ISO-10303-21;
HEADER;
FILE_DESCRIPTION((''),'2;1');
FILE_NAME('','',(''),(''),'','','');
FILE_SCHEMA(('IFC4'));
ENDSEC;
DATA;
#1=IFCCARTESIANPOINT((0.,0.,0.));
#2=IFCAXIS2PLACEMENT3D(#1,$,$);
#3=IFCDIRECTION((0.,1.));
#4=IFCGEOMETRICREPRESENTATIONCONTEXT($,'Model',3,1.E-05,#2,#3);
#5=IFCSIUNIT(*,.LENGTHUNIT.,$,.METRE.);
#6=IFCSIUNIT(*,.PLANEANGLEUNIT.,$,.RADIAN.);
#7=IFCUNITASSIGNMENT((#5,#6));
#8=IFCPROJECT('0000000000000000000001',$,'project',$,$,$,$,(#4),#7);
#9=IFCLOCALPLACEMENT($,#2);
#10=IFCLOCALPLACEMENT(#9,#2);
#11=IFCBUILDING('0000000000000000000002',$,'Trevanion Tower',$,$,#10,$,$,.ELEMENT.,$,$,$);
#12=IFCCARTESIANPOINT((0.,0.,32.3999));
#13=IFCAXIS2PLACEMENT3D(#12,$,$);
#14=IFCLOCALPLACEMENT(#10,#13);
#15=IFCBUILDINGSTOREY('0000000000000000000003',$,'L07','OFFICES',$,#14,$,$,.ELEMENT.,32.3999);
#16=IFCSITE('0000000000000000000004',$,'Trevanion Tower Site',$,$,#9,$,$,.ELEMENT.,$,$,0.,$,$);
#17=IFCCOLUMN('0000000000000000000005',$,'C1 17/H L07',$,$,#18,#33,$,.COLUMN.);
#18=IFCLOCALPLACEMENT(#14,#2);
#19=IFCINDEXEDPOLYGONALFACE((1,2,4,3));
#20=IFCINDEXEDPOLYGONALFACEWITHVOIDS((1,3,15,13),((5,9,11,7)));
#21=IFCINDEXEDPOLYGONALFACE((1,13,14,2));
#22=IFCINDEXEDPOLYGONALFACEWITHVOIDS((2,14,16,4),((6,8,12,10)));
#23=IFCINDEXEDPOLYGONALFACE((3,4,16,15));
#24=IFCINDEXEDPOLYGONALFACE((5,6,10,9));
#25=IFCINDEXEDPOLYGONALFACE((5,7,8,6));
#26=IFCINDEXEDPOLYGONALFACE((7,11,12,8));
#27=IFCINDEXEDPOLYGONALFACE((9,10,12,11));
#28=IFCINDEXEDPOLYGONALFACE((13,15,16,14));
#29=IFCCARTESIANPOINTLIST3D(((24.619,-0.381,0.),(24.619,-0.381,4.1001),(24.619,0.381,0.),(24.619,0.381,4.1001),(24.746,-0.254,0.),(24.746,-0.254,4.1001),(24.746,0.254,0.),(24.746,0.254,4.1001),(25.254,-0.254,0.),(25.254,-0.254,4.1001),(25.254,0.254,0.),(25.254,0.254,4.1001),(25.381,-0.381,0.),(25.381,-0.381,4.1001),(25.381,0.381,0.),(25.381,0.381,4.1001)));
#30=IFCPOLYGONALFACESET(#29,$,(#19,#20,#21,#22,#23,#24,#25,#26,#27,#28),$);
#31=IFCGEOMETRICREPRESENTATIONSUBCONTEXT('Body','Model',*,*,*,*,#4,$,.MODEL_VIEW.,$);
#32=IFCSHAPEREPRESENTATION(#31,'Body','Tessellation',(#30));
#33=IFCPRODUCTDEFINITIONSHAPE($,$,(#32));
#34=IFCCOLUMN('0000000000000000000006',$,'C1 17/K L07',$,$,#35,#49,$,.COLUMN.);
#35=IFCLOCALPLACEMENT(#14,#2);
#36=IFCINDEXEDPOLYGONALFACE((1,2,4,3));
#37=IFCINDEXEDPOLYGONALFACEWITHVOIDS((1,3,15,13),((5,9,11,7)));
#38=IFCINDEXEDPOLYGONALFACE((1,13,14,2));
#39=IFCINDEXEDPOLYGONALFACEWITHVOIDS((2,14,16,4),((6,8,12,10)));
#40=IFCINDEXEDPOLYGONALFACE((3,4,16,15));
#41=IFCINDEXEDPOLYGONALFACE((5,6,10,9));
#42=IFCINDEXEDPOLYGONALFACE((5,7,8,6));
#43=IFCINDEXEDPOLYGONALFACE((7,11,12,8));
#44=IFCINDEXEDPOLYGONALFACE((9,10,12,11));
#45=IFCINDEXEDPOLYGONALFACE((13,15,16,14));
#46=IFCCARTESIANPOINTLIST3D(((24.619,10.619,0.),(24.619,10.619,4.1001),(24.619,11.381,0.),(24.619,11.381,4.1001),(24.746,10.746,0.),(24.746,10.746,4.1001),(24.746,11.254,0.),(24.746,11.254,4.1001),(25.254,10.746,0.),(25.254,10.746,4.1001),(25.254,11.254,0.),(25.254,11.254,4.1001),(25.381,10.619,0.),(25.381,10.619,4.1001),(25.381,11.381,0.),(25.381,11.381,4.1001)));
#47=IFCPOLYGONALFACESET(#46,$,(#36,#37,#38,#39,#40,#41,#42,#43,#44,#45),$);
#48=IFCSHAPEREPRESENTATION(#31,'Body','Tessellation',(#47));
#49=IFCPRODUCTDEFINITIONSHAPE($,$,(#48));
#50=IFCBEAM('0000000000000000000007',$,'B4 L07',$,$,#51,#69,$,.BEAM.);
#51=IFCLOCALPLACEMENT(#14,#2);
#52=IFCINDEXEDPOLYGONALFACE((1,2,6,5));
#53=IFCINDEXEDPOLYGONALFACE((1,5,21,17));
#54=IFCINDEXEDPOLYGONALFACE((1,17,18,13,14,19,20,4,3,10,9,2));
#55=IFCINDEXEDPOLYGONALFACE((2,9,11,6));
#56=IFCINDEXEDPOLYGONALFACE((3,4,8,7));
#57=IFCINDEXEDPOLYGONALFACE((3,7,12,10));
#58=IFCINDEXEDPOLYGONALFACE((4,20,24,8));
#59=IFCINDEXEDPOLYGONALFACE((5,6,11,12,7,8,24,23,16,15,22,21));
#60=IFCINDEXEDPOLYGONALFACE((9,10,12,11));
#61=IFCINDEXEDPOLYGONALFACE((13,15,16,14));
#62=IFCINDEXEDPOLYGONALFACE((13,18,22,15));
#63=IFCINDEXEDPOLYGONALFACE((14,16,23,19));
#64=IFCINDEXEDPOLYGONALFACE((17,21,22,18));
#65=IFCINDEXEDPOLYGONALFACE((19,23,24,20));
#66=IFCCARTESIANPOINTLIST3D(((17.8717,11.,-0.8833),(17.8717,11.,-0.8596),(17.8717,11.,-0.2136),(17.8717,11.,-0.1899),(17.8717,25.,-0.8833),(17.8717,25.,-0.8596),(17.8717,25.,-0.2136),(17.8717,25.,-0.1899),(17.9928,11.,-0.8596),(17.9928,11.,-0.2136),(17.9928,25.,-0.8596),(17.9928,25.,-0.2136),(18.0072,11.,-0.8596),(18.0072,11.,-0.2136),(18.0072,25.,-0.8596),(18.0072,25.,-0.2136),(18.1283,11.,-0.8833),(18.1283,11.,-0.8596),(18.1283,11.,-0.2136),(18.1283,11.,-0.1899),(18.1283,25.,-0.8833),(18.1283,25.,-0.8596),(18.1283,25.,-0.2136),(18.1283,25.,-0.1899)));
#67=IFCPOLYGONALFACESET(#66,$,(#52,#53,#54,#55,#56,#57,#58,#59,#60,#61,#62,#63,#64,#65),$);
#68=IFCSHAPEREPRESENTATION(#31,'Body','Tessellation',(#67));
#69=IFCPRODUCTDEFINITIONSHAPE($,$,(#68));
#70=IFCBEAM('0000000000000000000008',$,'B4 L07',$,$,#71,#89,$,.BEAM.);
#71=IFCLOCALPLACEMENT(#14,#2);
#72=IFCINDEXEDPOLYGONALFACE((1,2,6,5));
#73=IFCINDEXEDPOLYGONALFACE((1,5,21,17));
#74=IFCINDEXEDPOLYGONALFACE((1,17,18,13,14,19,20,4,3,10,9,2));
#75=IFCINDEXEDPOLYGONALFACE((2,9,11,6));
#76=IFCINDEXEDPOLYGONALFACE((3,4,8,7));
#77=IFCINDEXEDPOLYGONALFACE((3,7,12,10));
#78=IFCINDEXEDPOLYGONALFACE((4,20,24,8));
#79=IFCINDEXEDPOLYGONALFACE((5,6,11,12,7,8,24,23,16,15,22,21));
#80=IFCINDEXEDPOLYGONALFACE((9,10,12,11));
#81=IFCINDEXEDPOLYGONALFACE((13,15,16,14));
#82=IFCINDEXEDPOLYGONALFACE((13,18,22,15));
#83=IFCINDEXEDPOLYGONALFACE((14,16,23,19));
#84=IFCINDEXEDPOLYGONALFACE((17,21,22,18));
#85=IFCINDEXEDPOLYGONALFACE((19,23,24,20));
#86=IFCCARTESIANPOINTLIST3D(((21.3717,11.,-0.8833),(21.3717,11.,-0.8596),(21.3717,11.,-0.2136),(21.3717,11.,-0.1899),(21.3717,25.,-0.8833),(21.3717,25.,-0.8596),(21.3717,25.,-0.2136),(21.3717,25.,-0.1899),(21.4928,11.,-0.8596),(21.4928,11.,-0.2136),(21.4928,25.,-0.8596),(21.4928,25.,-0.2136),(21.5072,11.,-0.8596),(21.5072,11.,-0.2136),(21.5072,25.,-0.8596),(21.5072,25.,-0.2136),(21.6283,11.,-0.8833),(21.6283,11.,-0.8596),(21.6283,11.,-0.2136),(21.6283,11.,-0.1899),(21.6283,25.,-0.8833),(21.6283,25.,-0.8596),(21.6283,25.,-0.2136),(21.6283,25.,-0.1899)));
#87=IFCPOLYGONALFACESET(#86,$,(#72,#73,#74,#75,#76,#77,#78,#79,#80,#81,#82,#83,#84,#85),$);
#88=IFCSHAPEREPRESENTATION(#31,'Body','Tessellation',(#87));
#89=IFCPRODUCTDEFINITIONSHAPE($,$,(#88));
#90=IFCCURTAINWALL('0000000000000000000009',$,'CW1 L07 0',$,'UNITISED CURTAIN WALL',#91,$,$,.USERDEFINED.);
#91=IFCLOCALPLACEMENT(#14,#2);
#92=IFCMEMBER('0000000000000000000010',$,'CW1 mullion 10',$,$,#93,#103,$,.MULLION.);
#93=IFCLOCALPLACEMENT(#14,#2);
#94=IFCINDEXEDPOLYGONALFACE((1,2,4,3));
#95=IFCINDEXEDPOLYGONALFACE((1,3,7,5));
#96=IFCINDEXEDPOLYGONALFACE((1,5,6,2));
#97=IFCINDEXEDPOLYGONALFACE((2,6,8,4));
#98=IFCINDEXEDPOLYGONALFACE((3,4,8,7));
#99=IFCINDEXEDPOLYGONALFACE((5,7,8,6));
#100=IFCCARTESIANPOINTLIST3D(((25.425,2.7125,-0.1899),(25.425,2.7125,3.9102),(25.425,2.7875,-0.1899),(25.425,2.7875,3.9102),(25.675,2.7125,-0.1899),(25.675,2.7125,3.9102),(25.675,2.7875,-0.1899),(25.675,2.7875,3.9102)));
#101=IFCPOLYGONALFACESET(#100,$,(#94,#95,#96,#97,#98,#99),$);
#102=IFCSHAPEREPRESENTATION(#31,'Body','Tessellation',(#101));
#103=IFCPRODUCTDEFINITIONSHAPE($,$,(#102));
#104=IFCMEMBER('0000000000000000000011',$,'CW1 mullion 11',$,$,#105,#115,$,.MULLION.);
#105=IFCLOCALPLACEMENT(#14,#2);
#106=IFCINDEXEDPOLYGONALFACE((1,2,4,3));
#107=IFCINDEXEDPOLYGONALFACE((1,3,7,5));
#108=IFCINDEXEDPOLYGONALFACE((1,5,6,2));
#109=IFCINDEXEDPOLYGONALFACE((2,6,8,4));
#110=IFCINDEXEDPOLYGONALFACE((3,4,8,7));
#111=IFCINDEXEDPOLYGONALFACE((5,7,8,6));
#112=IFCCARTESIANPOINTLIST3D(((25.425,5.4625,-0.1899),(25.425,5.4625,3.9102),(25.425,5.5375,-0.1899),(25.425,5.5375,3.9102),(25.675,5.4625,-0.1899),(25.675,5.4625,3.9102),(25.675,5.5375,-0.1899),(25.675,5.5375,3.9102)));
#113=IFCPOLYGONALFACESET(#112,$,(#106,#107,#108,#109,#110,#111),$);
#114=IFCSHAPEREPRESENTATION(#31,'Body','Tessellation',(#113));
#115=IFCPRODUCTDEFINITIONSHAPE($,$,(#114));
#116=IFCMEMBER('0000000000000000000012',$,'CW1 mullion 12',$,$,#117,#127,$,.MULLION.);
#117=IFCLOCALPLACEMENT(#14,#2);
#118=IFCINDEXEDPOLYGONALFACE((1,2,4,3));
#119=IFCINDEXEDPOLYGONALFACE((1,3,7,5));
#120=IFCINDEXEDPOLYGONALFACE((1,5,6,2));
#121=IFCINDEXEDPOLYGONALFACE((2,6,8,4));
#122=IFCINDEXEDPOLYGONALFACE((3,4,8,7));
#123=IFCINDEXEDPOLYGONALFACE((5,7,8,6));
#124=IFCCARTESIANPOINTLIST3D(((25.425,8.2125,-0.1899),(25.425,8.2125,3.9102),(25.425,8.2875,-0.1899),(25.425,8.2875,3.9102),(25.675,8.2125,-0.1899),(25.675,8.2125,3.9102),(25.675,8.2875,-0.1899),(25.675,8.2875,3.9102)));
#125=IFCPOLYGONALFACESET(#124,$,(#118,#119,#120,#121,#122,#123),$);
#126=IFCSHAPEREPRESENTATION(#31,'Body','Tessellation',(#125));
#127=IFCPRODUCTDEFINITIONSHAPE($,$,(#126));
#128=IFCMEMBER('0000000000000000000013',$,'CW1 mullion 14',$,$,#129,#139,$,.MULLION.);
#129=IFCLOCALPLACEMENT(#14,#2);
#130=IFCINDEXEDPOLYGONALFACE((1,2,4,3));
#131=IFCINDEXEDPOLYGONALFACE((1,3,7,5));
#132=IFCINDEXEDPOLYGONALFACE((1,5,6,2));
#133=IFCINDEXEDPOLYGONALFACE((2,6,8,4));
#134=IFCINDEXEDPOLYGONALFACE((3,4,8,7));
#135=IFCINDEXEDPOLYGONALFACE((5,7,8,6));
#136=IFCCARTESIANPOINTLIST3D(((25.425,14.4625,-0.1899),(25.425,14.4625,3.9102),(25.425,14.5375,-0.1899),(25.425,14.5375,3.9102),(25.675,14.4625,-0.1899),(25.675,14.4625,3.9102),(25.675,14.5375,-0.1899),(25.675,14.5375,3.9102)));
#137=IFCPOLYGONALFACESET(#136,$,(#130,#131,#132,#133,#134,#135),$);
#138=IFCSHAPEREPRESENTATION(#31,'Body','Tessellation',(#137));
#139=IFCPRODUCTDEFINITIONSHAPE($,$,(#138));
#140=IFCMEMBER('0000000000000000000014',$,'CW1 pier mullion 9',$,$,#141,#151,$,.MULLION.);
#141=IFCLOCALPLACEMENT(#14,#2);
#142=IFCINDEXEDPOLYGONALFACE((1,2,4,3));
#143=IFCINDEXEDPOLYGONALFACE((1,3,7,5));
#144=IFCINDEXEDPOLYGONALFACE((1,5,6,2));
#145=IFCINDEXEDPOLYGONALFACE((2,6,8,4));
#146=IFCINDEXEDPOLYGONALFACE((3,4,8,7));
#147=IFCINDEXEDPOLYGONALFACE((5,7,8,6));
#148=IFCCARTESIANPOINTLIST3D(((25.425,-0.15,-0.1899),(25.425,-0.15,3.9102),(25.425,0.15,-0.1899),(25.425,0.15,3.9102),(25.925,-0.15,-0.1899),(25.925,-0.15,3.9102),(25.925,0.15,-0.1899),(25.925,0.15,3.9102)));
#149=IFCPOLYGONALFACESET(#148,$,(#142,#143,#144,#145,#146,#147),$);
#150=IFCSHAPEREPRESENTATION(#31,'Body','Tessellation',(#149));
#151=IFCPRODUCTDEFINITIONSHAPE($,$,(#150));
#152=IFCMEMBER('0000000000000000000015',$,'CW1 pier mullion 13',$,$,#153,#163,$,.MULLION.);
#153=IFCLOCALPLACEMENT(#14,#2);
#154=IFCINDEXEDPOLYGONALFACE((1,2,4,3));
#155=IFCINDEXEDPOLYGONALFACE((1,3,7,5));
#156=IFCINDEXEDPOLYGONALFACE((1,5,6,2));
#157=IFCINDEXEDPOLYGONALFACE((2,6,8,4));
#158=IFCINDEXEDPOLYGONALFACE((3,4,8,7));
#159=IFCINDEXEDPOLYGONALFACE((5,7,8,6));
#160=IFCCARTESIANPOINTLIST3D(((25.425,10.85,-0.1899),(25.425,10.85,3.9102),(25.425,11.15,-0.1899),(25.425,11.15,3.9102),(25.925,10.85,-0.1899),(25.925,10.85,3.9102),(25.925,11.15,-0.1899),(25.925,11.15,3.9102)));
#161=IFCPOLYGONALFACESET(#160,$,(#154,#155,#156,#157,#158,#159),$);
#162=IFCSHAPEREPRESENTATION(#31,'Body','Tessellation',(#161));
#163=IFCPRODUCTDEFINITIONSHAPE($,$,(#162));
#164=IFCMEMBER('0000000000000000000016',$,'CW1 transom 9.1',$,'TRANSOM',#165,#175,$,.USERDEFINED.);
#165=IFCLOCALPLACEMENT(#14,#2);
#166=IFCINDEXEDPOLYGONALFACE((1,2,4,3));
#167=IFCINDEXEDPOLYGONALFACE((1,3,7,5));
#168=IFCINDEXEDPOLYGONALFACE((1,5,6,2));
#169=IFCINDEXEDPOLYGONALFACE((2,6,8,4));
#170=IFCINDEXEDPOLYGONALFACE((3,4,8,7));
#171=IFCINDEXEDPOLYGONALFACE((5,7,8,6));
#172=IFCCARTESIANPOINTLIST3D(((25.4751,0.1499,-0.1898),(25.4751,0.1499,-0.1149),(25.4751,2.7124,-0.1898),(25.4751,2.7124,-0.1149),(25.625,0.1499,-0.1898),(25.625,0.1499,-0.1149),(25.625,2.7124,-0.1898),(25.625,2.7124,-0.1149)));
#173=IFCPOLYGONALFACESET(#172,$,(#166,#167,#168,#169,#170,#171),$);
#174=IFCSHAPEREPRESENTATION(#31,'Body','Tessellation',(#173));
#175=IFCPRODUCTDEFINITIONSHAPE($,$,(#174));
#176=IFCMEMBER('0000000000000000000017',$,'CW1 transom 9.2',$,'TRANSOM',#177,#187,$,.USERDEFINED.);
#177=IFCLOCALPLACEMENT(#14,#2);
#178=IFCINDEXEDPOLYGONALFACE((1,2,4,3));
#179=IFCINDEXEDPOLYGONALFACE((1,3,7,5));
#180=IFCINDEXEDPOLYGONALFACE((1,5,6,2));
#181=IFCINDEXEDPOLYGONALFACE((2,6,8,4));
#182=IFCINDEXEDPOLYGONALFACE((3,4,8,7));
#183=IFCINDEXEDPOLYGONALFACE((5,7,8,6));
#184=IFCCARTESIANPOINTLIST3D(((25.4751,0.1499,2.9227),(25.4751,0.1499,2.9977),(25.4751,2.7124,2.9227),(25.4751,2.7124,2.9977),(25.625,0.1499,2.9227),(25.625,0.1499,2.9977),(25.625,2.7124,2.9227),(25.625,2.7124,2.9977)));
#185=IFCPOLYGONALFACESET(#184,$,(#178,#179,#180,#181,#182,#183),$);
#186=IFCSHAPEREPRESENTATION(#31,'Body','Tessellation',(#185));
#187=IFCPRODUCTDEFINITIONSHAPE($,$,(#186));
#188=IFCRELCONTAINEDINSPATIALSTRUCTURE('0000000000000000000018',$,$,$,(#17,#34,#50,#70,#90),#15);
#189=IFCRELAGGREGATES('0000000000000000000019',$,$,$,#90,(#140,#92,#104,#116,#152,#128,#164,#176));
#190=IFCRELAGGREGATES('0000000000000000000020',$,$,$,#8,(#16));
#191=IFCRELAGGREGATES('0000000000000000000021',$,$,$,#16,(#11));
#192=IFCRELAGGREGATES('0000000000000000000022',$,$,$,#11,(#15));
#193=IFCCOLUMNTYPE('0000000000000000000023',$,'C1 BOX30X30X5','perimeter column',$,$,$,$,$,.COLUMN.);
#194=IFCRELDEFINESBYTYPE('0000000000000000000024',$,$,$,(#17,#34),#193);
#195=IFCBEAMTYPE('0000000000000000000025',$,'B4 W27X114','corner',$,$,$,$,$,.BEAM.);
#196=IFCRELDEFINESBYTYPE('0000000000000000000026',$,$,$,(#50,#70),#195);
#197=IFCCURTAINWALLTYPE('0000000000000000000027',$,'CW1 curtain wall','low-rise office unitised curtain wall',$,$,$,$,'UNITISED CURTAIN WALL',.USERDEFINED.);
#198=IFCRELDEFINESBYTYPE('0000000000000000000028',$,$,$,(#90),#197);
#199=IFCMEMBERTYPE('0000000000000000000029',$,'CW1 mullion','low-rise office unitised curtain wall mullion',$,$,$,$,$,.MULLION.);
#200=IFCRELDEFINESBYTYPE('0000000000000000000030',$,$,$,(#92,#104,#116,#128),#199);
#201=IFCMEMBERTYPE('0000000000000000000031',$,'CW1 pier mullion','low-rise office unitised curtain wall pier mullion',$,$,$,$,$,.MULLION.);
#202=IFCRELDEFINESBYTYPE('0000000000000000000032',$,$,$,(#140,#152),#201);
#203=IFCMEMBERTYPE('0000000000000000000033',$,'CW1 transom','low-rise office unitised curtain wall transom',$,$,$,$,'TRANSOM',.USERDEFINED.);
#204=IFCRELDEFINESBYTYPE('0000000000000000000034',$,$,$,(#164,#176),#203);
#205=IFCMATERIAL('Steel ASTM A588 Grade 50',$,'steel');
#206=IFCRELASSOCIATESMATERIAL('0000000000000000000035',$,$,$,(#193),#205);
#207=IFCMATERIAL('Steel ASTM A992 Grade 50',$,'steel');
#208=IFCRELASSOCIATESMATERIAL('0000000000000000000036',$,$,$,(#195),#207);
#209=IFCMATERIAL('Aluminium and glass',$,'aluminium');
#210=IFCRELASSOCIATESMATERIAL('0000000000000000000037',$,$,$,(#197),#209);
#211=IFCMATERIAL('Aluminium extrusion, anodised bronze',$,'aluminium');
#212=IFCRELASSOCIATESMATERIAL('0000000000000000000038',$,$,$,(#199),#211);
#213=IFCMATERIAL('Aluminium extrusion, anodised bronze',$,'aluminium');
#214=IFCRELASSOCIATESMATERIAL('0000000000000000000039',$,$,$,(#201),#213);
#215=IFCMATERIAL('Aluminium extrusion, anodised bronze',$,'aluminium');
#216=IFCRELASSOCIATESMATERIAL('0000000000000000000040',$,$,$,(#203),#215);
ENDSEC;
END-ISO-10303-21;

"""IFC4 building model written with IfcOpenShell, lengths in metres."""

from ifc_helpers import new_model, si_unit, direction, frame, origin, origin_2d, place, context, subcontext, project, spatial, rectangle, hollow_rectangle, i_section, extrude, material, material_profile, profile_set, type_object, element, aggregate, save


model = new_model("IFC4")

# Units and contexts
model_context = context("Model", 3, precision=1e-05, world=origin(), true_north=direction((0.0, 1.0)))
body_context = subcontext(model_context, "Body", "Model", "MODEL_VIEW")
ifc_project = project(units=[si_unit("LENGTHUNIT", "METRE"), si_unit("PLANEANGLEUNIT", "RADIAN")], contexts=[model_context])

# Site, building, storey
site_placement = place(None, origin())
site = spatial("IfcSite", under=ifc_project, at=site_placement, Name="Trevanion Tower Site", CompositionType="ELEMENT", RefElevation=0.0)
building_placement = place(site_placement, origin())
building = spatial("IfcBuilding", under=site, at=building_placement, Name="Trevanion Tower", CompositionType="ELEMENT")
storey_placement = place(building_placement, frame((0.0, 0.0, 32.3999)))
storey = spatial("IfcBuildingStorey", under=building, at=storey_placement, Name="L07", Description="OFFICES", CompositionType="ELEMENT", Elevation=32.3999)

# Columns
ifc_material_1 = material(Name="Steel ASTM A588 Grade 50", Category="steel")
ifc_material_profile_1 = material_profile(ifc_material_1, hollow_rectangle(XDim=0.762, YDim=0.762, WallThickness=0.127, at=origin_2d()), Name="BOX30X30X5")
ifc_profile_set_1 = profile_set([ifc_material_profile_1], Name="Steel ASTM A588 Grade 50")
column_type = type_object("IfcColumnType", Name="C1 BOX30X30X5", Description="perimeter column", PredefinedType="COLUMN", material=ifc_profile_set_1)
for number, where, z_axis, x_axis, name in (
    (1, (25.0, 0.0, 0.0), (0.0, 0.0, 1.0), (0.0, 1.0, 0.0), "C1 17/H L07"),
    (2, (25.0, 11.0, 0.0), (0.0, 0.0, 1.0), (0.0, 1.0, 0.0), "C1 17/K L07"),
):
    element("IfcColumn", number, at=place(storey_placement, frame(where, z_axis=z_axis, x_axis=x_axis)), inside=storey, type_object=column_type, Name=name, PredefinedType="COLUMN", context=body_context, shape_type="SweptSolid", body=[
        extrude(hollow_rectangle(XDim=0.762, YDim=0.762, WallThickness=0.127, at=origin_2d()), origin(), (0.0, 0.0, 1.0), 4.1001),
    ])

# Beams
ifc_material_2 = material(Name="Steel ASTM A992 Grade 50", Category="steel")
ifc_material_profile_2 = material_profile(ifc_material_2, i_section(OverallWidth=0.2566, OverallDepth=0.6934, WebThickness=0.0144, FlangeThickness=0.0237, at=origin_2d()), Name="W27X114")
ifc_profile_set_2 = profile_set([ifc_material_profile_2], Name="Steel ASTM A992 Grade 50")
beam_type_1 = type_object("IfcBeamType", Name="B4 W27X114", Description="corner", PredefinedType="BEAM", material=ifc_profile_set_2)
for number, where, z_axis, x_axis, name in (
    (3, (18.0, 11.0, -0.5366), (0.0, 1.0, 0.0), (-1.0, 0.0, 0.0), "B4 L07"),
    (4, (21.5, 11.0, -0.5366), (0.0, 1.0, 0.0), (-1.0, 0.0, 0.0), "B4 L07"),
):
    element("IfcBeam", number, at=place(storey_placement, frame(where, z_axis=z_axis, x_axis=x_axis)), inside=storey, type_object=beam_type_1, Name=name, PredefinedType="BEAM", context=body_context, shape_type="SweptSolid", body=[
        extrude(i_section(OverallWidth=0.2566, OverallDepth=0.6934, WebThickness=0.0144, FlangeThickness=0.0237, at=origin_2d()), origin(), (0.0, 0.0, 1.0), 14.0),
    ])

# Curtain wall, members
ifc_material_3 = material(Name="Aluminium and glass", Category="aluminium")
curtain_wall_type = type_object("IfcCurtainWallType", Name="CW1 curtain wall", Description="low-rise office unitised curtain wall", ElementType="UNITISED CURTAIN WALL", PredefinedType="USERDEFINED", material=ifc_material_3)
curtain_wall_placement = place(storey_placement, origin())
curtain_wall = element("IfcCurtainWall", 5, at=curtain_wall_placement, inside=storey, type_object=curtain_wall_type, Name="CW1 L07 0", ObjectType="UNITISED CURTAIN WALL", PredefinedType="USERDEFINED")
ifc_material_4 = material(Name="Aluminium extrusion, anodised bronze", Category="aluminium")
ifc_material_profile_3 = material_profile(ifc_material_4, rectangle(XDim=0.075, YDim=0.25, at=origin_2d()), Name="CW1 mullion")
ifc_profile_set_3 = profile_set([ifc_material_profile_3], Name="Aluminium extrusion, anodised bronze")
member_type_1 = type_object("IfcMemberType", Name="CW1 mullion", Description="low-rise office unitised curtain wall mullion", PredefinedType="MULLION", material=ifc_profile_set_3)
member_1_placement = place(storey_placement, frame((25.55, 2.75, -0.1899), z_axis=(0.0, 0.0, 1.0), x_axis=(0.0, 1.0, 0.0)))
member_1 = element("IfcMember", 6, at=member_1_placement, type_object=member_type_1, Name="CW1 mullion 10", PredefinedType="MULLION", context=body_context, shape_type="SweptSolid", body=[
    extrude(rectangle(XDim=0.075, YDim=0.25, at=origin_2d()), origin(), (0.0, 0.0, 1.0), 4.1001),
])
member_2_placement = place(storey_placement, frame((25.55, 5.5, -0.1899), z_axis=(0.0, 0.0, 1.0), x_axis=(0.0, 1.0, 0.0)))
member_2 = element("IfcMember", 7, at=member_2_placement, type_object=member_type_1, Name="CW1 mullion 11", PredefinedType="MULLION", context=body_context, shape_type="SweptSolid", body=[
    extrude(rectangle(XDim=0.075, YDim=0.25, at=origin_2d()), origin(), (0.0, 0.0, 1.0), 4.1001),
])
member_3_placement = place(storey_placement, frame((25.55, 8.25, -0.1899), z_axis=(0.0, 0.0, 1.0), x_axis=(0.0, 1.0, 0.0)))
member_3 = element("IfcMember", 8, at=member_3_placement, type_object=member_type_1, Name="CW1 mullion 12", PredefinedType="MULLION", context=body_context, shape_type="SweptSolid", body=[
    extrude(rectangle(XDim=0.075, YDim=0.25, at=origin_2d()), origin(), (0.0, 0.0, 1.0), 4.1001),
])
member_4_placement = place(storey_placement, frame((25.55, 14.5, -0.1899), z_axis=(0.0, 0.0, 1.0), x_axis=(0.0, 1.0, 0.0)))
member_4 = element("IfcMember", 9, at=member_4_placement, type_object=member_type_1, Name="CW1 mullion 14", PredefinedType="MULLION", context=body_context, shape_type="SweptSolid", body=[
    extrude(rectangle(XDim=0.075, YDim=0.25, at=origin_2d()), origin(), (0.0, 0.0, 1.0), 4.1001),
])
ifc_material_5 = material(Name="Aluminium extrusion, anodised bronze", Category="aluminium")
ifc_material_profile_4 = material_profile(ifc_material_5, rectangle(XDim=0.3, YDim=0.5, at=origin_2d()), Name="CW1 pier mullion")
ifc_profile_set_4 = profile_set([ifc_material_profile_4], Name="Aluminium extrusion, anodised bronze")
member_type_2 = type_object("IfcMemberType", Name="CW1 pier mullion", Description="low-rise office unitised curtain wall pier mullion", PredefinedType="MULLION", material=ifc_profile_set_4)
member_5_placement = place(storey_placement, frame((25.675, 0.0, -0.1899), z_axis=(0.0, 0.0, 1.0), x_axis=(0.0, 1.0, 0.0)))
member_5 = element("IfcMember", 10, at=member_5_placement, type_object=member_type_2, Name="CW1 pier mullion 9", PredefinedType="MULLION", context=body_context, shape_type="SweptSolid", body=[
    extrude(rectangle(XDim=0.3, YDim=0.5, at=origin_2d()), origin(), (0.0, 0.0, 1.0), 4.1001),
])
member_6_placement = place(storey_placement, frame((25.675, 11.0, -0.1899), z_axis=(0.0, 0.0, 1.0), x_axis=(0.0, 1.0, 0.0)))
member_6 = element("IfcMember", 11, at=member_6_placement, type_object=member_type_2, Name="CW1 pier mullion 13", PredefinedType="MULLION", context=body_context, shape_type="SweptSolid", body=[
    extrude(rectangle(XDim=0.3, YDim=0.5, at=origin_2d()), origin(), (0.0, 0.0, 1.0), 4.1001),
])
ifc_material_6 = material(Name="Aluminium extrusion, anodised bronze", Category="aluminium")
ifc_material_profile_5 = material_profile(ifc_material_6, rectangle(XDim=0.1499, YDim=0.075, at=origin_2d()), Name="CW1 transom")
ifc_profile_set_5 = profile_set([ifc_material_profile_5], Name="Aluminium extrusion, anodised bronze")
member_type_3 = type_object("IfcMemberType", Name="CW1 transom", Description="low-rise office unitised curtain wall transom", ElementType="TRANSOM", PredefinedType="USERDEFINED", material=ifc_profile_set_5)
member_7_placement = place(storey_placement, frame((25.55, 0.1499, -0.1523), z_axis=(0.0, 1.0, 0.0), x_axis=(-1.0, 0.0, 0.0)))
member_7 = element("IfcMember", 12, at=member_7_placement, type_object=member_type_3, Name="CW1 transom 9.1", ObjectType="TRANSOM", PredefinedType="USERDEFINED", context=body_context, shape_type="SweptSolid", body=[
    extrude(rectangle(XDim=0.1499, YDim=0.075, at=origin_2d()), origin(), (0.0, 0.0, 1.0), 2.5625),
])
member_8_placement = place(storey_placement, frame((25.55, 0.1499, 2.9602), z_axis=(0.0, 1.0, 0.0), x_axis=(-1.0, 0.0, 0.0)))
member_8 = element("IfcMember", 13, at=member_8_placement, type_object=member_type_3, Name="CW1 transom 9.2", ObjectType="TRANSOM", PredefinedType="USERDEFINED", context=body_context, shape_type="SweptSolid", body=[
    extrude(rectangle(XDim=0.1499, YDim=0.075, at=origin_2d()), origin(), (0.0, 0.0, 1.0), 2.5625),
])

aggregate(curtain_wall, [member_5, member_1, member_2, member_3, member_6, member_4, member_7, member_8])

save(model, "model.ifc")
